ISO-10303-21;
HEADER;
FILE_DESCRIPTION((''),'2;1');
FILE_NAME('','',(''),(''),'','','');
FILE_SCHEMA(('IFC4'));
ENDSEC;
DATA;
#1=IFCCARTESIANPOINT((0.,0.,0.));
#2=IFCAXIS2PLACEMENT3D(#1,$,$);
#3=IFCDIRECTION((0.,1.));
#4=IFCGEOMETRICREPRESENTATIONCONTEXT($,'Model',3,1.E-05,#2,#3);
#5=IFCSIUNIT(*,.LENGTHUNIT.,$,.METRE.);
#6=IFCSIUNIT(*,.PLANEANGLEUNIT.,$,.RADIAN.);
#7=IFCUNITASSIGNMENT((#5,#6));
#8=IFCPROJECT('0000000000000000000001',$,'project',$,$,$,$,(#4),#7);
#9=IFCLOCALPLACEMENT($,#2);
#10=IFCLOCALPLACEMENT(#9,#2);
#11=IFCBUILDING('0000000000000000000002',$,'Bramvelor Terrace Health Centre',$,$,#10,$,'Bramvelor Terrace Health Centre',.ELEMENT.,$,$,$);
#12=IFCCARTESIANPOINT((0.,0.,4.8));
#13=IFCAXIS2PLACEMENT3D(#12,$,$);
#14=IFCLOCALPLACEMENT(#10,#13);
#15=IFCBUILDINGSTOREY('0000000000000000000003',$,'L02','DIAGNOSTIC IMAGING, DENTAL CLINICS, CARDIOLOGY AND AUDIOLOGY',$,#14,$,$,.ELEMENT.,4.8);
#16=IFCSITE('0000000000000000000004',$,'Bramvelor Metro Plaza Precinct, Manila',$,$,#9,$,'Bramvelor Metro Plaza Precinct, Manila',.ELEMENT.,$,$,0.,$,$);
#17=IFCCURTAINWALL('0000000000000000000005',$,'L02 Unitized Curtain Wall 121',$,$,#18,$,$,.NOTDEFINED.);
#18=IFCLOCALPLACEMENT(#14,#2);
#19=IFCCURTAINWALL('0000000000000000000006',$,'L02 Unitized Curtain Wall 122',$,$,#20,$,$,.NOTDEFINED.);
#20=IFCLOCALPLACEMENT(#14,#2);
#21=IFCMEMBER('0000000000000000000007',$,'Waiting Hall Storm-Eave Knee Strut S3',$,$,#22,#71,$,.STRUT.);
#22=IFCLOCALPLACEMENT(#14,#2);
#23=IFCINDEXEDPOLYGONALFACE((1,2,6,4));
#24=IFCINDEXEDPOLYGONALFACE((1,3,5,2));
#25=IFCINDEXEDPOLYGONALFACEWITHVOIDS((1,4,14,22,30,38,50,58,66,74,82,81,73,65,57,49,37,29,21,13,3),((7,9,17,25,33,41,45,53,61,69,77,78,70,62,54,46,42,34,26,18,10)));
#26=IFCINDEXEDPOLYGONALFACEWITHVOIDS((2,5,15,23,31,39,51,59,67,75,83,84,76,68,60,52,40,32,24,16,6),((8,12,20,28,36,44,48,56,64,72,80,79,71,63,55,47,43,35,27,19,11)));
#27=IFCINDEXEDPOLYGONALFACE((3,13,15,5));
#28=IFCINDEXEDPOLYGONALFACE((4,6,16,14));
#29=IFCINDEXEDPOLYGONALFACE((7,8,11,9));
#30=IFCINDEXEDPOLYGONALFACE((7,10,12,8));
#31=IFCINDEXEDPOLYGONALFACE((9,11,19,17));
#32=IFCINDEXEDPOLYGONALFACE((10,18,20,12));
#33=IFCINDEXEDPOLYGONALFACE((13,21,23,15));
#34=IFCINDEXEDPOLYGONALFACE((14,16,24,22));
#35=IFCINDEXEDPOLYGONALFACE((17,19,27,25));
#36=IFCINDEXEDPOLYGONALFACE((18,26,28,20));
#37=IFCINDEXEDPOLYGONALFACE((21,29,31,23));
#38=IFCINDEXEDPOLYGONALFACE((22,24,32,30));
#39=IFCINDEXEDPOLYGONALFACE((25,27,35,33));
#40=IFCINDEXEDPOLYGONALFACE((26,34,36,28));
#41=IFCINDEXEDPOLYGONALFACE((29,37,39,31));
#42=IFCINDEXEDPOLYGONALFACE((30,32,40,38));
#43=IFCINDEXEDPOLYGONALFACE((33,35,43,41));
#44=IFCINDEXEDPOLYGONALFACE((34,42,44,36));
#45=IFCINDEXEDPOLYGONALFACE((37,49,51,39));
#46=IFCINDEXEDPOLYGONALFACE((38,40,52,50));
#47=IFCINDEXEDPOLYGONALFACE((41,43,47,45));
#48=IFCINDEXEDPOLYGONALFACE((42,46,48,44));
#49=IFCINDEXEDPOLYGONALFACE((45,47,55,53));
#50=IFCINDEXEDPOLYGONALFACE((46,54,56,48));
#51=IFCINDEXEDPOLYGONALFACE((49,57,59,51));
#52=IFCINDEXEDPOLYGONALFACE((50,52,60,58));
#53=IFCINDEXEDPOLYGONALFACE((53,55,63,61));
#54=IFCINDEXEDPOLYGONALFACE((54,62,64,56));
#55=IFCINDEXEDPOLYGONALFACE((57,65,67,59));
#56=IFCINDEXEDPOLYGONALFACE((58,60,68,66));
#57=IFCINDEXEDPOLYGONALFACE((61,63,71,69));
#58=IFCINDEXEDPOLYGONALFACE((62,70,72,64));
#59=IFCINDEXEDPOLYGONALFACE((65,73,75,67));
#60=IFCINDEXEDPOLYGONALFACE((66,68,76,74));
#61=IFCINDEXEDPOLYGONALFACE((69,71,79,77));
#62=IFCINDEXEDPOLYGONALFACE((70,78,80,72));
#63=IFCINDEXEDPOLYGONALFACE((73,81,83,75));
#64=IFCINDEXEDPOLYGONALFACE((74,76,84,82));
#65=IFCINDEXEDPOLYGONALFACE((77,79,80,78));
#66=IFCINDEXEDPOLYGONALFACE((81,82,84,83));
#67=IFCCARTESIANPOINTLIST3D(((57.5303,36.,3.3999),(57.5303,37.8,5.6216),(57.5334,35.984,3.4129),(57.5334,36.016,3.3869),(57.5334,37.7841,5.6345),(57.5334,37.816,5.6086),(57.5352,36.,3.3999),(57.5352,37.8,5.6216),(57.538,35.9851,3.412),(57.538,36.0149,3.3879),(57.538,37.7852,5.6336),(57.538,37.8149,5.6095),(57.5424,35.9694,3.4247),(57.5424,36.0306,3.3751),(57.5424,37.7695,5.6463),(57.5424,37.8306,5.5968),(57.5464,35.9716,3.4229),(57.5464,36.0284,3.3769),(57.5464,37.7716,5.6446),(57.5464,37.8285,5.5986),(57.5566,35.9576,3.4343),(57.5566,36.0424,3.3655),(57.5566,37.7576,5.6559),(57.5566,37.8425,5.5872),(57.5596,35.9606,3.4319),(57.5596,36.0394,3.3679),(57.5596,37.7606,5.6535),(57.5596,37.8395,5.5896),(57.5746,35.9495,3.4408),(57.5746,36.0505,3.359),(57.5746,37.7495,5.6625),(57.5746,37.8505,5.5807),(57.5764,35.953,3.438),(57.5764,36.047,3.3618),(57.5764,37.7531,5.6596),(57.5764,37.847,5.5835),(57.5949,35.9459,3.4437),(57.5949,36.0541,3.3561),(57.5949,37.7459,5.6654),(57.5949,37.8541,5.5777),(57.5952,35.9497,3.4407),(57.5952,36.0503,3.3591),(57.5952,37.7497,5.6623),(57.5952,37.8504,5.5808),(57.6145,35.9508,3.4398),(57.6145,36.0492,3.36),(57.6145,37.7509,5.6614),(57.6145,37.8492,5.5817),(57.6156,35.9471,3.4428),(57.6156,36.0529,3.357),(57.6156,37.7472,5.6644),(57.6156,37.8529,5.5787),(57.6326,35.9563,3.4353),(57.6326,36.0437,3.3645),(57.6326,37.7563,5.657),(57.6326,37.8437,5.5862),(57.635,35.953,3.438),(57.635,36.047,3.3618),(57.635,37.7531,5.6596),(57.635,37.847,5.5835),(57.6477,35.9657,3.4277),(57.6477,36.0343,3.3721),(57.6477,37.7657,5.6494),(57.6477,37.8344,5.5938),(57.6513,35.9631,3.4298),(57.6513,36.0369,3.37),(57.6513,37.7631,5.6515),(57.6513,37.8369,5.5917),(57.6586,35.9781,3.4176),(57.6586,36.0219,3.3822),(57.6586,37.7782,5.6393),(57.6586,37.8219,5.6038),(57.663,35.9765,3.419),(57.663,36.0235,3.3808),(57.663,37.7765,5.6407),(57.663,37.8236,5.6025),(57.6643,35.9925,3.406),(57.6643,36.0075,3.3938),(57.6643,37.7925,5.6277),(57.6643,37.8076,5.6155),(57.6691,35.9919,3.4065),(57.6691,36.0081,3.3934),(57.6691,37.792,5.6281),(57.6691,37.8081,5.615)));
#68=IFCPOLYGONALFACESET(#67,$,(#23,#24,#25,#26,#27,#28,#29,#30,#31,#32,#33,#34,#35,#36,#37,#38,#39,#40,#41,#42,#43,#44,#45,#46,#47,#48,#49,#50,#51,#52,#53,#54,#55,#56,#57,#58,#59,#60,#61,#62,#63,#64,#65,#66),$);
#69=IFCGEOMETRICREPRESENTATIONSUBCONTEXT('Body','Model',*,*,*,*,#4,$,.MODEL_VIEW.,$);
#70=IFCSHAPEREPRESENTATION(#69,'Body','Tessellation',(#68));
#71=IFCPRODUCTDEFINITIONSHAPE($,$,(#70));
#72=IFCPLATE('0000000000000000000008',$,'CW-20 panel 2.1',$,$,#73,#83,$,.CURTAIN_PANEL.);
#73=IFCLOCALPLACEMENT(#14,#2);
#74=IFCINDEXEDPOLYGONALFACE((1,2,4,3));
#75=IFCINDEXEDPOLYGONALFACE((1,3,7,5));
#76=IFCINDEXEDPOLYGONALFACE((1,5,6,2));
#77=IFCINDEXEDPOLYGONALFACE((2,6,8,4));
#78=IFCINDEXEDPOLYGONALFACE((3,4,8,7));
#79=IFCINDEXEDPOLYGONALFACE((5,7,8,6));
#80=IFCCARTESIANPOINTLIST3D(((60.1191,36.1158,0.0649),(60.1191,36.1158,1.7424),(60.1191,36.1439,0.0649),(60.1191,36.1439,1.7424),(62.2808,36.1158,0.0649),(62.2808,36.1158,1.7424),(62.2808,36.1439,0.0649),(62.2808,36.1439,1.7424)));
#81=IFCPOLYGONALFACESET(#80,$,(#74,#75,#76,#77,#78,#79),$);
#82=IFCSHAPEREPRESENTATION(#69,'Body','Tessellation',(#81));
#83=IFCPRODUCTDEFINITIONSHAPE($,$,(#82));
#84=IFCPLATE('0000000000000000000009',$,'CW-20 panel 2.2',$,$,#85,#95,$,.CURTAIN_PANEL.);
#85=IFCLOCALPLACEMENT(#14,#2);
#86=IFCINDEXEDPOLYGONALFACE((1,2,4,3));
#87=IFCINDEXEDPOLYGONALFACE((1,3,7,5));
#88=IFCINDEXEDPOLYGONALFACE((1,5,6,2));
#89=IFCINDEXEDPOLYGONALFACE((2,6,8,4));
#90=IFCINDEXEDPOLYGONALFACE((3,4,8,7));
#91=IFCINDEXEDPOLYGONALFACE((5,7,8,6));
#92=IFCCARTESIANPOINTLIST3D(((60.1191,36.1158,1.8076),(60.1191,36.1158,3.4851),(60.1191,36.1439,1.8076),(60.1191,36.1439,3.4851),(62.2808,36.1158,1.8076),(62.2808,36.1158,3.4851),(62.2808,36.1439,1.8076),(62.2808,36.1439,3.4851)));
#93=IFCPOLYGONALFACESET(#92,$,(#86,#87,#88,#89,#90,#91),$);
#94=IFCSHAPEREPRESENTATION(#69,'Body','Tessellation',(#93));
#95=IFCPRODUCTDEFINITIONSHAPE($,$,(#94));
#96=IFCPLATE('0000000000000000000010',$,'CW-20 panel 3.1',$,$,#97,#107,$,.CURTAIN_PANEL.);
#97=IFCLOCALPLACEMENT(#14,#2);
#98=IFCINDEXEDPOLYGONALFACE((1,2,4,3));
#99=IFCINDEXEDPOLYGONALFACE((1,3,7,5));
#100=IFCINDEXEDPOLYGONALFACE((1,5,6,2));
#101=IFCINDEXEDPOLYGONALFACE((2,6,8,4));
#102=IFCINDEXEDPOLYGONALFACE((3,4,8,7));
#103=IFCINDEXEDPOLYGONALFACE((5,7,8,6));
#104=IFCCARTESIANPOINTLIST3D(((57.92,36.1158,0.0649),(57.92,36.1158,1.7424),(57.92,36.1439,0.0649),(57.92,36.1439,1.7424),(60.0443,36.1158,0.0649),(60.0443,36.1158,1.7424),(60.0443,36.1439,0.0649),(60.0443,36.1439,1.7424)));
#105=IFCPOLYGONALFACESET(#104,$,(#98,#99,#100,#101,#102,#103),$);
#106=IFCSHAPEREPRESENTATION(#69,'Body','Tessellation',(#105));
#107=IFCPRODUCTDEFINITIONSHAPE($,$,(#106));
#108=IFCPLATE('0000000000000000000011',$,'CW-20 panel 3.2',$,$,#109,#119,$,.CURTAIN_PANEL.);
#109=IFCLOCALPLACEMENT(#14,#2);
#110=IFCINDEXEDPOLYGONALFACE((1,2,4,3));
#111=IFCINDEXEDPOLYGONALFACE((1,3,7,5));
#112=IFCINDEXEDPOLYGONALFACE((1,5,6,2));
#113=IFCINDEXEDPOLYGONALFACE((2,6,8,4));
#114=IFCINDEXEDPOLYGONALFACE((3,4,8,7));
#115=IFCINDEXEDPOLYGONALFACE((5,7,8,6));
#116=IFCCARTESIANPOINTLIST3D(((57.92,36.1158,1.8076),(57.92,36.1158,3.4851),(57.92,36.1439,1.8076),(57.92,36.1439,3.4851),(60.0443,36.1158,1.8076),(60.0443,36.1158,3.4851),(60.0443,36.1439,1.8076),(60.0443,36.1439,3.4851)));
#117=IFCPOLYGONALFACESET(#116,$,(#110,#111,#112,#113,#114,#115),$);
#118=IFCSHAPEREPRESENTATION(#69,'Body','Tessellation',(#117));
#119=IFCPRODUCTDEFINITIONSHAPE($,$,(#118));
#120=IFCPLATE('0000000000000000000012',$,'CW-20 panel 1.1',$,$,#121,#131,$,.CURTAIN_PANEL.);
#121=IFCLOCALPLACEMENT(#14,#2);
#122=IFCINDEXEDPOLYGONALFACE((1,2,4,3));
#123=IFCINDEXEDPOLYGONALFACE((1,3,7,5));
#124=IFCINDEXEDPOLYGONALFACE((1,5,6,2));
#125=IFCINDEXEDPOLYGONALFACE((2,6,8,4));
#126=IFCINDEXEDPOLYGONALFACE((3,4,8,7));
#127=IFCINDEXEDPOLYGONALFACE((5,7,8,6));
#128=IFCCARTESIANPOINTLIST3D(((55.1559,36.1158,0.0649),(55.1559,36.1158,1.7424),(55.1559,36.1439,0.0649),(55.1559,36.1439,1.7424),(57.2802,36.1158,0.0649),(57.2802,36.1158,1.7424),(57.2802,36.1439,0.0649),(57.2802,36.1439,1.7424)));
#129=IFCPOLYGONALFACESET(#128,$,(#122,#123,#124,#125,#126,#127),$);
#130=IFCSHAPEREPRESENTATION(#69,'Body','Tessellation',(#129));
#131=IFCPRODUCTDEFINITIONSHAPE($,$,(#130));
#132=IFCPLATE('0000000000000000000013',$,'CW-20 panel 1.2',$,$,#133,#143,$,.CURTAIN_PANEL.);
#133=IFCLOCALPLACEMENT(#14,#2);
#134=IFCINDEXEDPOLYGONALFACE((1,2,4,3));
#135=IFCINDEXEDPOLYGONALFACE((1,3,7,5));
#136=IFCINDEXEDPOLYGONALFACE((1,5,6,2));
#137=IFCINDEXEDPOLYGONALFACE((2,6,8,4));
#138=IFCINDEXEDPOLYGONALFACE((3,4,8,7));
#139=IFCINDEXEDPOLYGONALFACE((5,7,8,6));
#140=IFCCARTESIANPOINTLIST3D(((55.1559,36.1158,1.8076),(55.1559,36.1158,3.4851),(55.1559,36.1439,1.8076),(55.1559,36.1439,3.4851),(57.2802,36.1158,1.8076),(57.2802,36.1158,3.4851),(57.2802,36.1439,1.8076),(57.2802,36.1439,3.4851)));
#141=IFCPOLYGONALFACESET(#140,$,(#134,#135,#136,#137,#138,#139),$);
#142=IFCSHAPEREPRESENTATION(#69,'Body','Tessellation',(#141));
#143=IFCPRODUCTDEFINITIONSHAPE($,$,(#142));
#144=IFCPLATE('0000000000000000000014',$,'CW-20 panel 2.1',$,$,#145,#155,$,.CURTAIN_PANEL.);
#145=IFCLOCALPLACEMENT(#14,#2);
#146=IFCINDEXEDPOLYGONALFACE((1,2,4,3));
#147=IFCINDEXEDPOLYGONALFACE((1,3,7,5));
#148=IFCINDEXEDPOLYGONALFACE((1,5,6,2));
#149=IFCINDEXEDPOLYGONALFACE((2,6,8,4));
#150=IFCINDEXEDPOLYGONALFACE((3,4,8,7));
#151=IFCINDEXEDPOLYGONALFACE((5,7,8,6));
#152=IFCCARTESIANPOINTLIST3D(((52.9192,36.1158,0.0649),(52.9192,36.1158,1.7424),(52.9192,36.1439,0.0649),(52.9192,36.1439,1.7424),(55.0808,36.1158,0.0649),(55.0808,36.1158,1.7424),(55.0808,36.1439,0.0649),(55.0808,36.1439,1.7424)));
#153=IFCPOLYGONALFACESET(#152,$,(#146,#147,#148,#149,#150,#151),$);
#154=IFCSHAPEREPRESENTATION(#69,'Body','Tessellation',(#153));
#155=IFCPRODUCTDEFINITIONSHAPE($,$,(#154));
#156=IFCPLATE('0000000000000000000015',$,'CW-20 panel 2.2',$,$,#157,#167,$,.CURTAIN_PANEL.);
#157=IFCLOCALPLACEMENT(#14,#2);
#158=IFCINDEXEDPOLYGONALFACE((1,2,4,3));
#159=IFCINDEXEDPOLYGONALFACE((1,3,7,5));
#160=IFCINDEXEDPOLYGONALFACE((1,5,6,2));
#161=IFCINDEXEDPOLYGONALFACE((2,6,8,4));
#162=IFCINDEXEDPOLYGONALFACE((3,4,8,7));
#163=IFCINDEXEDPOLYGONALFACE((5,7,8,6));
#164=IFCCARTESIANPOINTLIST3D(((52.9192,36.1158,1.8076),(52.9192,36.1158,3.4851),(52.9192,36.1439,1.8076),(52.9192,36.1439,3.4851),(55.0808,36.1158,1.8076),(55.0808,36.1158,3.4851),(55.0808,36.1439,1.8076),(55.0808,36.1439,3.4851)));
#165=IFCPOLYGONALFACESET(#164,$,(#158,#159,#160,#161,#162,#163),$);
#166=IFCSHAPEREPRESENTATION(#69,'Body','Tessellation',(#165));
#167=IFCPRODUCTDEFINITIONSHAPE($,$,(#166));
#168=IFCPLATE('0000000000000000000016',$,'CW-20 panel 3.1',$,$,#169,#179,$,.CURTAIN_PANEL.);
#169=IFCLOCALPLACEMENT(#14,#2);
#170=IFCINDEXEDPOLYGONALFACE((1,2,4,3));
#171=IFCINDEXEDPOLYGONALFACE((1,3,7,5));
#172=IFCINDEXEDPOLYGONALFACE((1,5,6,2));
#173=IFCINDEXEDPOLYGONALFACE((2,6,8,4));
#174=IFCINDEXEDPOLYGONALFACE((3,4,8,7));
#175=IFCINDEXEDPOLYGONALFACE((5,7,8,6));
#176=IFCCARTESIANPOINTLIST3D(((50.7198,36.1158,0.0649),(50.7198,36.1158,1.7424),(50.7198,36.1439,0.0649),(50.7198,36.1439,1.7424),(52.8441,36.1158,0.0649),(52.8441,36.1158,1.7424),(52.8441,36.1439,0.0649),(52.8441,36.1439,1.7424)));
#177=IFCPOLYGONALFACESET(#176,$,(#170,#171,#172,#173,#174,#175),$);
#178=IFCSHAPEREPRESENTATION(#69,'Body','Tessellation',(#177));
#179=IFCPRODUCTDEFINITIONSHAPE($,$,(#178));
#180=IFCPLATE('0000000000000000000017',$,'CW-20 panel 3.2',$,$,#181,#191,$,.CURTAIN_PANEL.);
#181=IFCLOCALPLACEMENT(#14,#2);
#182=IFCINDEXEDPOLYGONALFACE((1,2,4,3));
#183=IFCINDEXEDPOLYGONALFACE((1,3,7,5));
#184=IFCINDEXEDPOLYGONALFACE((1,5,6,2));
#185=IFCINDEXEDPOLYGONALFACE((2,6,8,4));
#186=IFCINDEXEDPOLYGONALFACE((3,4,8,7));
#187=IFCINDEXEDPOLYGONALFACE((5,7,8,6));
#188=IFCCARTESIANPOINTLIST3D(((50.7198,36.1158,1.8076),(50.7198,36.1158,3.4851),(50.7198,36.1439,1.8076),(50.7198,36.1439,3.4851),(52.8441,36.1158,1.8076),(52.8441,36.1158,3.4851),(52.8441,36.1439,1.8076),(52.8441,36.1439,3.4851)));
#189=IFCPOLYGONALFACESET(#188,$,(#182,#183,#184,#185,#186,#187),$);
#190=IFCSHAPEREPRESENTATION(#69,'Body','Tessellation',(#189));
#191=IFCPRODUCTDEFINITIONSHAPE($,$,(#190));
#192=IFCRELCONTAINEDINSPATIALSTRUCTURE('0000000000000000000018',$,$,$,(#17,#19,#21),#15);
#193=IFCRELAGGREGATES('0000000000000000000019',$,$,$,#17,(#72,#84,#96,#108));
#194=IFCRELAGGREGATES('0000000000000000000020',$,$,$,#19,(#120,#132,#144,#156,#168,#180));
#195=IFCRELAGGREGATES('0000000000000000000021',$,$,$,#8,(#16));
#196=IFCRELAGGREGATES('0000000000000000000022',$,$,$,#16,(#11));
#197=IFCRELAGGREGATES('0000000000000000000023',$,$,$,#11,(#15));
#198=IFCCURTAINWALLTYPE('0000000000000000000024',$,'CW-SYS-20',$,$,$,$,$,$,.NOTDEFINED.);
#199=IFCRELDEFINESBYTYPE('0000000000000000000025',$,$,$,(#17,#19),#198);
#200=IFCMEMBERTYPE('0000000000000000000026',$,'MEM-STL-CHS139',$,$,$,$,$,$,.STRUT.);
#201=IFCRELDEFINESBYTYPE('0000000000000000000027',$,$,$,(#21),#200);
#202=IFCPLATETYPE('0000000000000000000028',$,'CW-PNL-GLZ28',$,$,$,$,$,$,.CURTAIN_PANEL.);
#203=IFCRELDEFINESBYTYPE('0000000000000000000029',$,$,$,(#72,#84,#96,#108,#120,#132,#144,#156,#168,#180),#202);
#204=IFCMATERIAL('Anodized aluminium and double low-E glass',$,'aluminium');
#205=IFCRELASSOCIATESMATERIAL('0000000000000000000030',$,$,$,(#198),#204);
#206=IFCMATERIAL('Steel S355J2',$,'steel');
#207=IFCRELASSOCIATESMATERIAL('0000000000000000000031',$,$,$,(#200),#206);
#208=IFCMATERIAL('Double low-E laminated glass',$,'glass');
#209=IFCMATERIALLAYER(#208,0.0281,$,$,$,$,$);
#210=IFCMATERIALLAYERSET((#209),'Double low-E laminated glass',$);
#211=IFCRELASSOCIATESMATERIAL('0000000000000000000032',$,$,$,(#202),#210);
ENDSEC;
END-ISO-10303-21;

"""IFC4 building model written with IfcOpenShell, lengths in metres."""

from ifc_helpers import new_model, si_unit, direction, frame, origin, origin_2d, place, context, subcontext, project, spatial, rectangle, hollow_circle, extrude, material, layer, layer_set, material_profile, profile_set, type_object, element, aggregate, save


model = new_model("IFC4")

# Units and contexts
model_context = context("Model", 3, precision=1e-05, world=origin(), true_north=direction((0.0, 1.0)))
body_context = subcontext(model_context, "Body", "Model", "MODEL_VIEW")
ifc_project = project(units=[si_unit("LENGTHUNIT", "METRE"), si_unit("PLANEANGLEUNIT", "RADIAN")], contexts=[model_context])

# Site, building, storey
site_placement = place(None, origin())
site = spatial("IfcSite", under=ifc_project, at=site_placement, Name="Bramvelor Metro Plaza Precinct, Manila", LongName="Bramvelor Metro Plaza Precinct, Manila", CompositionType="ELEMENT", RefElevation=0.0)
building_placement = place(site_placement, origin())
building = spatial("IfcBuilding", under=site, at=building_placement, Name="Bramvelor Terrace Health Centre", LongName="Bramvelor Terrace Health Centre", CompositionType="ELEMENT")
storey_placement = place(building_placement, frame((0.0, 0.0, 4.8)))
storey = spatial("IfcBuildingStorey", under=building, at=storey_placement, Name="L02", Description="DIAGNOSTIC IMAGING, DENTAL CLINICS, CARDIOLOGY AND AUDIOLOGY", CompositionType="ELEMENT", Elevation=4.8)

# Curtain walls
ifc_material_1 = material(Name="Anodized aluminium and double low-E glass", Category="aluminium")
curtain_wall_type = type_object("IfcCurtainWallType", Name="CW-SYS-20", PredefinedType="NOTDEFINED", material=ifc_material_1)
curtain_wall_1_placement = place(storey_placement, origin())
curtain_wall_1 = element("IfcCurtainWall", 1, at=curtain_wall_1_placement, inside=storey, type_object=curtain_wall_type, Name="L02 Unitized Curtain Wall 121", PredefinedType="NOTDEFINED")
curtain_wall_2_placement = place(storey_placement, origin())
curtain_wall_2 = element("IfcCurtainWall", 2, at=curtain_wall_2_placement, inside=storey, type_object=curtain_wall_type, Name="L02 Unitized Curtain Wall 122", PredefinedType="NOTDEFINED")

# Member
ifc_material_2 = material(Name="Steel S355J2", Category="steel")
ifc_material_profile_1 = material_profile(ifc_material_2, hollow_circle(Radius=0.0698, WallThickness=0.0049, at=origin_2d()), Name="CHS 139.7x5.0")
ifc_profile_set_1 = profile_set([ifc_material_profile_1], Name="Steel S355J2")
member_type_1 = type_object("IfcMemberType", Name="MEM-STL-CHS139", PredefinedType="STRUT", material=ifc_profile_set_1)
member_1_placement = place(storey_placement, frame((57.6001, 36.0, 3.3999), z_axis=(0.0, 0.629525, 0.77698), x_axis=(-1.0, 0.0, 0.0)))
element("IfcMember", 3, at=member_1_placement, inside=storey, type_object=member_type_1, Name="Waiting Hall Storm-Eave Knee Strut S3", PredefinedType="STRUT", context=body_context, shape_type="SweptSolid", body=[
    extrude(hollow_circle(Radius=0.0698, WallThickness=0.0049, at=origin_2d()), origin(), (0.0, 0.0, 1.0), 2.8594),
])

# Plates
ifc_material_3 = material(Name="Double low-E laminated glass", Category="glass")
ifc_layer_1 = layer(ifc_material_3, 0.0281)
ifc_layer_set_1 = layer_set([ifc_layer_1], Name="Double low-E laminated glass")
plate_type_1 = type_object("IfcPlateType", Name="CW-PNL-GLZ28", PredefinedType="CURTAIN_PANEL", material=ifc_layer_set_1)
plate_1_placement = place(storey_placement, frame((61.2, 36.1299, 0.0649), z_axis=(0.0, 0.0, 1.0), x_axis=(-1.0, 0.0, 0.0)))
plate_1 = element("IfcPlate", 4, at=plate_1_placement, type_object=plate_type_1, Name="CW-20 panel 2.1", PredefinedType="CURTAIN_PANEL", context=body_context, shape_type="SweptSolid", body=[
    extrude(rectangle(XDim=2.1616, YDim=0.0281, at=origin_2d()), origin(), (0.0, 0.0, 1.0), 1.6775),
])
plate_2_placement = place(storey_placement, frame((61.2, 36.1299, 1.8076), z_axis=(0.0, 0.0, 1.0), x_axis=(-1.0, 0.0, 0.0)))
plate_2 = element("IfcPlate", 5, at=plate_2_placement, type_object=plate_type_1, Name="CW-20 panel 2.2", PredefinedType="CURTAIN_PANEL", context=body_context, shape_type="SweptSolid", body=[
    extrude(rectangle(XDim=2.1616, YDim=0.0281, at=origin_2d()), origin(), (0.0, 0.0, 1.0), 1.6775),
])
plate_3_placement = place(storey_placement, frame((58.9822, 36.1299, 0.0649), z_axis=(0.0, 0.0, 1.0), x_axis=(-1.0, 0.0, 0.0)))
plate_3 = element("IfcPlate", 6, at=plate_3_placement, type_object=plate_type_1, Name="CW-20 panel 3.1", PredefinedType="CURTAIN_PANEL", context=body_context, shape_type="SweptSolid", body=[
    extrude(rectangle(XDim=2.1243, YDim=0.0281, at=origin_2d()), origin(), (0.0, 0.0, 1.0), 1.6775),
])
plate_4_placement = place(storey_placement, frame((58.9822, 36.1299, 1.8076), z_axis=(0.0, 0.0, 1.0), x_axis=(-1.0, 0.0, 0.0)))
plate_4 = element("IfcPlate", 7, at=plate_4_placement, type_object=plate_type_1, Name="CW-20 panel 3.2", PredefinedType="CURTAIN_PANEL", context=body_context, shape_type="SweptSolid", body=[
    extrude(rectangle(XDim=2.1243, YDim=0.0281, at=origin_2d()), origin(), (0.0, 0.0, 1.0), 1.6775),
])
aggregate(curtain_wall_1, [plate_1, plate_2, plate_3, plate_4])
plate_5_placement = place(storey_placement, frame((56.218, 36.1299, 0.0649), z_axis=(0.0, 0.0, 1.0), x_axis=(-1.0, 0.0, 0.0)))
plate_5 = element("IfcPlate", 8, at=plate_5_placement, type_object=plate_type_1, Name="CW-20 panel 1.1", PredefinedType="CURTAIN_PANEL", context=body_context, shape_type="SweptSolid", body=[
    extrude(rectangle(XDim=2.1243, YDim=0.0281, at=origin_2d()), origin(), (0.0, 0.0, 1.0), 1.6775),
])
plate_6_placement = place(storey_placement, frame((56.218, 36.1299, 1.8076), z_axis=(0.0, 0.0, 1.0), x_axis=(-1.0, 0.0, 0.0)))
plate_6 = element("IfcPlate", 9, at=plate_6_placement, type_object=plate_type_1, Name="CW-20 panel 1.2", PredefinedType="CURTAIN_PANEL", context=body_context, shape_type="SweptSolid", body=[
    extrude(rectangle(XDim=2.1243, YDim=0.0281, at=origin_2d()), origin(), (0.0, 0.0, 1.0), 1.6775),
])
plate_7_placement = place(storey_placement, frame((54.0, 36.1299, 0.0649), z_axis=(0.0, 0.0, 1.0), x_axis=(-1.0, 0.0, 0.0)))
plate_7 = element("IfcPlate", 10, at=plate_7_placement, type_object=plate_type_1, Name="CW-20 panel 2.1", PredefinedType="CURTAIN_PANEL", context=body_context, shape_type="SweptSolid", body=[
    extrude(rectangle(XDim=2.1616, YDim=0.0281, at=origin_2d()), origin(), (0.0, 0.0, 1.0), 1.6775),
])
plate_8_placement = place(storey_placement, frame((54.0, 36.1299, 1.8076), z_axis=(0.0, 0.0, 1.0), x_axis=(-1.0, 0.0, 0.0)))
plate_8 = element("IfcPlate", 11, at=plate_8_placement, type_object=plate_type_1, Name="CW-20 panel 2.2", PredefinedType="CURTAIN_PANEL", context=body_context, shape_type="SweptSolid", body=[
    extrude(rectangle(XDim=2.1616, YDim=0.0281, at=origin_2d()), origin(), (0.0, 0.0, 1.0), 1.6775),
])
plate_9_placement = place(storey_placement, frame((51.782, 36.1299, 0.0649), z_axis=(0.0, 0.0, 1.0), x_axis=(-1.0, 0.0, 0.0)))
plate_9 = element("IfcPlate", 12, at=plate_9_placement, type_object=plate_type_1, Name="CW-20 panel 3.1", PredefinedType="CURTAIN_PANEL", context=body_context, shape_type="SweptSolid", body=[
    extrude(rectangle(XDim=2.1243, YDim=0.0281, at=origin_2d()), origin(), (0.0, 0.0, 1.0), 1.6775),
])
plate_10_placement = place(storey_placement, frame((51.782, 36.1299, 1.8076), z_axis=(0.0, 0.0, 1.0), x_axis=(-1.0, 0.0, 0.0)))
plate_10 = element("IfcPlate", 13, at=plate_10_placement, type_object=plate_type_1, Name="CW-20 panel 3.2", PredefinedType="CURTAIN_PANEL", context=body_context, shape_type="SweptSolid", body=[
    extrude(rectangle(XDim=2.1243, YDim=0.0281, at=origin_2d()), origin(), (0.0, 0.0, 1.0), 1.6775),
])
aggregate(curtain_wall_2, [plate_5, plate_6, plate_7, plate_8, plate_9, plate_10])

save(model, "model.ifc")
